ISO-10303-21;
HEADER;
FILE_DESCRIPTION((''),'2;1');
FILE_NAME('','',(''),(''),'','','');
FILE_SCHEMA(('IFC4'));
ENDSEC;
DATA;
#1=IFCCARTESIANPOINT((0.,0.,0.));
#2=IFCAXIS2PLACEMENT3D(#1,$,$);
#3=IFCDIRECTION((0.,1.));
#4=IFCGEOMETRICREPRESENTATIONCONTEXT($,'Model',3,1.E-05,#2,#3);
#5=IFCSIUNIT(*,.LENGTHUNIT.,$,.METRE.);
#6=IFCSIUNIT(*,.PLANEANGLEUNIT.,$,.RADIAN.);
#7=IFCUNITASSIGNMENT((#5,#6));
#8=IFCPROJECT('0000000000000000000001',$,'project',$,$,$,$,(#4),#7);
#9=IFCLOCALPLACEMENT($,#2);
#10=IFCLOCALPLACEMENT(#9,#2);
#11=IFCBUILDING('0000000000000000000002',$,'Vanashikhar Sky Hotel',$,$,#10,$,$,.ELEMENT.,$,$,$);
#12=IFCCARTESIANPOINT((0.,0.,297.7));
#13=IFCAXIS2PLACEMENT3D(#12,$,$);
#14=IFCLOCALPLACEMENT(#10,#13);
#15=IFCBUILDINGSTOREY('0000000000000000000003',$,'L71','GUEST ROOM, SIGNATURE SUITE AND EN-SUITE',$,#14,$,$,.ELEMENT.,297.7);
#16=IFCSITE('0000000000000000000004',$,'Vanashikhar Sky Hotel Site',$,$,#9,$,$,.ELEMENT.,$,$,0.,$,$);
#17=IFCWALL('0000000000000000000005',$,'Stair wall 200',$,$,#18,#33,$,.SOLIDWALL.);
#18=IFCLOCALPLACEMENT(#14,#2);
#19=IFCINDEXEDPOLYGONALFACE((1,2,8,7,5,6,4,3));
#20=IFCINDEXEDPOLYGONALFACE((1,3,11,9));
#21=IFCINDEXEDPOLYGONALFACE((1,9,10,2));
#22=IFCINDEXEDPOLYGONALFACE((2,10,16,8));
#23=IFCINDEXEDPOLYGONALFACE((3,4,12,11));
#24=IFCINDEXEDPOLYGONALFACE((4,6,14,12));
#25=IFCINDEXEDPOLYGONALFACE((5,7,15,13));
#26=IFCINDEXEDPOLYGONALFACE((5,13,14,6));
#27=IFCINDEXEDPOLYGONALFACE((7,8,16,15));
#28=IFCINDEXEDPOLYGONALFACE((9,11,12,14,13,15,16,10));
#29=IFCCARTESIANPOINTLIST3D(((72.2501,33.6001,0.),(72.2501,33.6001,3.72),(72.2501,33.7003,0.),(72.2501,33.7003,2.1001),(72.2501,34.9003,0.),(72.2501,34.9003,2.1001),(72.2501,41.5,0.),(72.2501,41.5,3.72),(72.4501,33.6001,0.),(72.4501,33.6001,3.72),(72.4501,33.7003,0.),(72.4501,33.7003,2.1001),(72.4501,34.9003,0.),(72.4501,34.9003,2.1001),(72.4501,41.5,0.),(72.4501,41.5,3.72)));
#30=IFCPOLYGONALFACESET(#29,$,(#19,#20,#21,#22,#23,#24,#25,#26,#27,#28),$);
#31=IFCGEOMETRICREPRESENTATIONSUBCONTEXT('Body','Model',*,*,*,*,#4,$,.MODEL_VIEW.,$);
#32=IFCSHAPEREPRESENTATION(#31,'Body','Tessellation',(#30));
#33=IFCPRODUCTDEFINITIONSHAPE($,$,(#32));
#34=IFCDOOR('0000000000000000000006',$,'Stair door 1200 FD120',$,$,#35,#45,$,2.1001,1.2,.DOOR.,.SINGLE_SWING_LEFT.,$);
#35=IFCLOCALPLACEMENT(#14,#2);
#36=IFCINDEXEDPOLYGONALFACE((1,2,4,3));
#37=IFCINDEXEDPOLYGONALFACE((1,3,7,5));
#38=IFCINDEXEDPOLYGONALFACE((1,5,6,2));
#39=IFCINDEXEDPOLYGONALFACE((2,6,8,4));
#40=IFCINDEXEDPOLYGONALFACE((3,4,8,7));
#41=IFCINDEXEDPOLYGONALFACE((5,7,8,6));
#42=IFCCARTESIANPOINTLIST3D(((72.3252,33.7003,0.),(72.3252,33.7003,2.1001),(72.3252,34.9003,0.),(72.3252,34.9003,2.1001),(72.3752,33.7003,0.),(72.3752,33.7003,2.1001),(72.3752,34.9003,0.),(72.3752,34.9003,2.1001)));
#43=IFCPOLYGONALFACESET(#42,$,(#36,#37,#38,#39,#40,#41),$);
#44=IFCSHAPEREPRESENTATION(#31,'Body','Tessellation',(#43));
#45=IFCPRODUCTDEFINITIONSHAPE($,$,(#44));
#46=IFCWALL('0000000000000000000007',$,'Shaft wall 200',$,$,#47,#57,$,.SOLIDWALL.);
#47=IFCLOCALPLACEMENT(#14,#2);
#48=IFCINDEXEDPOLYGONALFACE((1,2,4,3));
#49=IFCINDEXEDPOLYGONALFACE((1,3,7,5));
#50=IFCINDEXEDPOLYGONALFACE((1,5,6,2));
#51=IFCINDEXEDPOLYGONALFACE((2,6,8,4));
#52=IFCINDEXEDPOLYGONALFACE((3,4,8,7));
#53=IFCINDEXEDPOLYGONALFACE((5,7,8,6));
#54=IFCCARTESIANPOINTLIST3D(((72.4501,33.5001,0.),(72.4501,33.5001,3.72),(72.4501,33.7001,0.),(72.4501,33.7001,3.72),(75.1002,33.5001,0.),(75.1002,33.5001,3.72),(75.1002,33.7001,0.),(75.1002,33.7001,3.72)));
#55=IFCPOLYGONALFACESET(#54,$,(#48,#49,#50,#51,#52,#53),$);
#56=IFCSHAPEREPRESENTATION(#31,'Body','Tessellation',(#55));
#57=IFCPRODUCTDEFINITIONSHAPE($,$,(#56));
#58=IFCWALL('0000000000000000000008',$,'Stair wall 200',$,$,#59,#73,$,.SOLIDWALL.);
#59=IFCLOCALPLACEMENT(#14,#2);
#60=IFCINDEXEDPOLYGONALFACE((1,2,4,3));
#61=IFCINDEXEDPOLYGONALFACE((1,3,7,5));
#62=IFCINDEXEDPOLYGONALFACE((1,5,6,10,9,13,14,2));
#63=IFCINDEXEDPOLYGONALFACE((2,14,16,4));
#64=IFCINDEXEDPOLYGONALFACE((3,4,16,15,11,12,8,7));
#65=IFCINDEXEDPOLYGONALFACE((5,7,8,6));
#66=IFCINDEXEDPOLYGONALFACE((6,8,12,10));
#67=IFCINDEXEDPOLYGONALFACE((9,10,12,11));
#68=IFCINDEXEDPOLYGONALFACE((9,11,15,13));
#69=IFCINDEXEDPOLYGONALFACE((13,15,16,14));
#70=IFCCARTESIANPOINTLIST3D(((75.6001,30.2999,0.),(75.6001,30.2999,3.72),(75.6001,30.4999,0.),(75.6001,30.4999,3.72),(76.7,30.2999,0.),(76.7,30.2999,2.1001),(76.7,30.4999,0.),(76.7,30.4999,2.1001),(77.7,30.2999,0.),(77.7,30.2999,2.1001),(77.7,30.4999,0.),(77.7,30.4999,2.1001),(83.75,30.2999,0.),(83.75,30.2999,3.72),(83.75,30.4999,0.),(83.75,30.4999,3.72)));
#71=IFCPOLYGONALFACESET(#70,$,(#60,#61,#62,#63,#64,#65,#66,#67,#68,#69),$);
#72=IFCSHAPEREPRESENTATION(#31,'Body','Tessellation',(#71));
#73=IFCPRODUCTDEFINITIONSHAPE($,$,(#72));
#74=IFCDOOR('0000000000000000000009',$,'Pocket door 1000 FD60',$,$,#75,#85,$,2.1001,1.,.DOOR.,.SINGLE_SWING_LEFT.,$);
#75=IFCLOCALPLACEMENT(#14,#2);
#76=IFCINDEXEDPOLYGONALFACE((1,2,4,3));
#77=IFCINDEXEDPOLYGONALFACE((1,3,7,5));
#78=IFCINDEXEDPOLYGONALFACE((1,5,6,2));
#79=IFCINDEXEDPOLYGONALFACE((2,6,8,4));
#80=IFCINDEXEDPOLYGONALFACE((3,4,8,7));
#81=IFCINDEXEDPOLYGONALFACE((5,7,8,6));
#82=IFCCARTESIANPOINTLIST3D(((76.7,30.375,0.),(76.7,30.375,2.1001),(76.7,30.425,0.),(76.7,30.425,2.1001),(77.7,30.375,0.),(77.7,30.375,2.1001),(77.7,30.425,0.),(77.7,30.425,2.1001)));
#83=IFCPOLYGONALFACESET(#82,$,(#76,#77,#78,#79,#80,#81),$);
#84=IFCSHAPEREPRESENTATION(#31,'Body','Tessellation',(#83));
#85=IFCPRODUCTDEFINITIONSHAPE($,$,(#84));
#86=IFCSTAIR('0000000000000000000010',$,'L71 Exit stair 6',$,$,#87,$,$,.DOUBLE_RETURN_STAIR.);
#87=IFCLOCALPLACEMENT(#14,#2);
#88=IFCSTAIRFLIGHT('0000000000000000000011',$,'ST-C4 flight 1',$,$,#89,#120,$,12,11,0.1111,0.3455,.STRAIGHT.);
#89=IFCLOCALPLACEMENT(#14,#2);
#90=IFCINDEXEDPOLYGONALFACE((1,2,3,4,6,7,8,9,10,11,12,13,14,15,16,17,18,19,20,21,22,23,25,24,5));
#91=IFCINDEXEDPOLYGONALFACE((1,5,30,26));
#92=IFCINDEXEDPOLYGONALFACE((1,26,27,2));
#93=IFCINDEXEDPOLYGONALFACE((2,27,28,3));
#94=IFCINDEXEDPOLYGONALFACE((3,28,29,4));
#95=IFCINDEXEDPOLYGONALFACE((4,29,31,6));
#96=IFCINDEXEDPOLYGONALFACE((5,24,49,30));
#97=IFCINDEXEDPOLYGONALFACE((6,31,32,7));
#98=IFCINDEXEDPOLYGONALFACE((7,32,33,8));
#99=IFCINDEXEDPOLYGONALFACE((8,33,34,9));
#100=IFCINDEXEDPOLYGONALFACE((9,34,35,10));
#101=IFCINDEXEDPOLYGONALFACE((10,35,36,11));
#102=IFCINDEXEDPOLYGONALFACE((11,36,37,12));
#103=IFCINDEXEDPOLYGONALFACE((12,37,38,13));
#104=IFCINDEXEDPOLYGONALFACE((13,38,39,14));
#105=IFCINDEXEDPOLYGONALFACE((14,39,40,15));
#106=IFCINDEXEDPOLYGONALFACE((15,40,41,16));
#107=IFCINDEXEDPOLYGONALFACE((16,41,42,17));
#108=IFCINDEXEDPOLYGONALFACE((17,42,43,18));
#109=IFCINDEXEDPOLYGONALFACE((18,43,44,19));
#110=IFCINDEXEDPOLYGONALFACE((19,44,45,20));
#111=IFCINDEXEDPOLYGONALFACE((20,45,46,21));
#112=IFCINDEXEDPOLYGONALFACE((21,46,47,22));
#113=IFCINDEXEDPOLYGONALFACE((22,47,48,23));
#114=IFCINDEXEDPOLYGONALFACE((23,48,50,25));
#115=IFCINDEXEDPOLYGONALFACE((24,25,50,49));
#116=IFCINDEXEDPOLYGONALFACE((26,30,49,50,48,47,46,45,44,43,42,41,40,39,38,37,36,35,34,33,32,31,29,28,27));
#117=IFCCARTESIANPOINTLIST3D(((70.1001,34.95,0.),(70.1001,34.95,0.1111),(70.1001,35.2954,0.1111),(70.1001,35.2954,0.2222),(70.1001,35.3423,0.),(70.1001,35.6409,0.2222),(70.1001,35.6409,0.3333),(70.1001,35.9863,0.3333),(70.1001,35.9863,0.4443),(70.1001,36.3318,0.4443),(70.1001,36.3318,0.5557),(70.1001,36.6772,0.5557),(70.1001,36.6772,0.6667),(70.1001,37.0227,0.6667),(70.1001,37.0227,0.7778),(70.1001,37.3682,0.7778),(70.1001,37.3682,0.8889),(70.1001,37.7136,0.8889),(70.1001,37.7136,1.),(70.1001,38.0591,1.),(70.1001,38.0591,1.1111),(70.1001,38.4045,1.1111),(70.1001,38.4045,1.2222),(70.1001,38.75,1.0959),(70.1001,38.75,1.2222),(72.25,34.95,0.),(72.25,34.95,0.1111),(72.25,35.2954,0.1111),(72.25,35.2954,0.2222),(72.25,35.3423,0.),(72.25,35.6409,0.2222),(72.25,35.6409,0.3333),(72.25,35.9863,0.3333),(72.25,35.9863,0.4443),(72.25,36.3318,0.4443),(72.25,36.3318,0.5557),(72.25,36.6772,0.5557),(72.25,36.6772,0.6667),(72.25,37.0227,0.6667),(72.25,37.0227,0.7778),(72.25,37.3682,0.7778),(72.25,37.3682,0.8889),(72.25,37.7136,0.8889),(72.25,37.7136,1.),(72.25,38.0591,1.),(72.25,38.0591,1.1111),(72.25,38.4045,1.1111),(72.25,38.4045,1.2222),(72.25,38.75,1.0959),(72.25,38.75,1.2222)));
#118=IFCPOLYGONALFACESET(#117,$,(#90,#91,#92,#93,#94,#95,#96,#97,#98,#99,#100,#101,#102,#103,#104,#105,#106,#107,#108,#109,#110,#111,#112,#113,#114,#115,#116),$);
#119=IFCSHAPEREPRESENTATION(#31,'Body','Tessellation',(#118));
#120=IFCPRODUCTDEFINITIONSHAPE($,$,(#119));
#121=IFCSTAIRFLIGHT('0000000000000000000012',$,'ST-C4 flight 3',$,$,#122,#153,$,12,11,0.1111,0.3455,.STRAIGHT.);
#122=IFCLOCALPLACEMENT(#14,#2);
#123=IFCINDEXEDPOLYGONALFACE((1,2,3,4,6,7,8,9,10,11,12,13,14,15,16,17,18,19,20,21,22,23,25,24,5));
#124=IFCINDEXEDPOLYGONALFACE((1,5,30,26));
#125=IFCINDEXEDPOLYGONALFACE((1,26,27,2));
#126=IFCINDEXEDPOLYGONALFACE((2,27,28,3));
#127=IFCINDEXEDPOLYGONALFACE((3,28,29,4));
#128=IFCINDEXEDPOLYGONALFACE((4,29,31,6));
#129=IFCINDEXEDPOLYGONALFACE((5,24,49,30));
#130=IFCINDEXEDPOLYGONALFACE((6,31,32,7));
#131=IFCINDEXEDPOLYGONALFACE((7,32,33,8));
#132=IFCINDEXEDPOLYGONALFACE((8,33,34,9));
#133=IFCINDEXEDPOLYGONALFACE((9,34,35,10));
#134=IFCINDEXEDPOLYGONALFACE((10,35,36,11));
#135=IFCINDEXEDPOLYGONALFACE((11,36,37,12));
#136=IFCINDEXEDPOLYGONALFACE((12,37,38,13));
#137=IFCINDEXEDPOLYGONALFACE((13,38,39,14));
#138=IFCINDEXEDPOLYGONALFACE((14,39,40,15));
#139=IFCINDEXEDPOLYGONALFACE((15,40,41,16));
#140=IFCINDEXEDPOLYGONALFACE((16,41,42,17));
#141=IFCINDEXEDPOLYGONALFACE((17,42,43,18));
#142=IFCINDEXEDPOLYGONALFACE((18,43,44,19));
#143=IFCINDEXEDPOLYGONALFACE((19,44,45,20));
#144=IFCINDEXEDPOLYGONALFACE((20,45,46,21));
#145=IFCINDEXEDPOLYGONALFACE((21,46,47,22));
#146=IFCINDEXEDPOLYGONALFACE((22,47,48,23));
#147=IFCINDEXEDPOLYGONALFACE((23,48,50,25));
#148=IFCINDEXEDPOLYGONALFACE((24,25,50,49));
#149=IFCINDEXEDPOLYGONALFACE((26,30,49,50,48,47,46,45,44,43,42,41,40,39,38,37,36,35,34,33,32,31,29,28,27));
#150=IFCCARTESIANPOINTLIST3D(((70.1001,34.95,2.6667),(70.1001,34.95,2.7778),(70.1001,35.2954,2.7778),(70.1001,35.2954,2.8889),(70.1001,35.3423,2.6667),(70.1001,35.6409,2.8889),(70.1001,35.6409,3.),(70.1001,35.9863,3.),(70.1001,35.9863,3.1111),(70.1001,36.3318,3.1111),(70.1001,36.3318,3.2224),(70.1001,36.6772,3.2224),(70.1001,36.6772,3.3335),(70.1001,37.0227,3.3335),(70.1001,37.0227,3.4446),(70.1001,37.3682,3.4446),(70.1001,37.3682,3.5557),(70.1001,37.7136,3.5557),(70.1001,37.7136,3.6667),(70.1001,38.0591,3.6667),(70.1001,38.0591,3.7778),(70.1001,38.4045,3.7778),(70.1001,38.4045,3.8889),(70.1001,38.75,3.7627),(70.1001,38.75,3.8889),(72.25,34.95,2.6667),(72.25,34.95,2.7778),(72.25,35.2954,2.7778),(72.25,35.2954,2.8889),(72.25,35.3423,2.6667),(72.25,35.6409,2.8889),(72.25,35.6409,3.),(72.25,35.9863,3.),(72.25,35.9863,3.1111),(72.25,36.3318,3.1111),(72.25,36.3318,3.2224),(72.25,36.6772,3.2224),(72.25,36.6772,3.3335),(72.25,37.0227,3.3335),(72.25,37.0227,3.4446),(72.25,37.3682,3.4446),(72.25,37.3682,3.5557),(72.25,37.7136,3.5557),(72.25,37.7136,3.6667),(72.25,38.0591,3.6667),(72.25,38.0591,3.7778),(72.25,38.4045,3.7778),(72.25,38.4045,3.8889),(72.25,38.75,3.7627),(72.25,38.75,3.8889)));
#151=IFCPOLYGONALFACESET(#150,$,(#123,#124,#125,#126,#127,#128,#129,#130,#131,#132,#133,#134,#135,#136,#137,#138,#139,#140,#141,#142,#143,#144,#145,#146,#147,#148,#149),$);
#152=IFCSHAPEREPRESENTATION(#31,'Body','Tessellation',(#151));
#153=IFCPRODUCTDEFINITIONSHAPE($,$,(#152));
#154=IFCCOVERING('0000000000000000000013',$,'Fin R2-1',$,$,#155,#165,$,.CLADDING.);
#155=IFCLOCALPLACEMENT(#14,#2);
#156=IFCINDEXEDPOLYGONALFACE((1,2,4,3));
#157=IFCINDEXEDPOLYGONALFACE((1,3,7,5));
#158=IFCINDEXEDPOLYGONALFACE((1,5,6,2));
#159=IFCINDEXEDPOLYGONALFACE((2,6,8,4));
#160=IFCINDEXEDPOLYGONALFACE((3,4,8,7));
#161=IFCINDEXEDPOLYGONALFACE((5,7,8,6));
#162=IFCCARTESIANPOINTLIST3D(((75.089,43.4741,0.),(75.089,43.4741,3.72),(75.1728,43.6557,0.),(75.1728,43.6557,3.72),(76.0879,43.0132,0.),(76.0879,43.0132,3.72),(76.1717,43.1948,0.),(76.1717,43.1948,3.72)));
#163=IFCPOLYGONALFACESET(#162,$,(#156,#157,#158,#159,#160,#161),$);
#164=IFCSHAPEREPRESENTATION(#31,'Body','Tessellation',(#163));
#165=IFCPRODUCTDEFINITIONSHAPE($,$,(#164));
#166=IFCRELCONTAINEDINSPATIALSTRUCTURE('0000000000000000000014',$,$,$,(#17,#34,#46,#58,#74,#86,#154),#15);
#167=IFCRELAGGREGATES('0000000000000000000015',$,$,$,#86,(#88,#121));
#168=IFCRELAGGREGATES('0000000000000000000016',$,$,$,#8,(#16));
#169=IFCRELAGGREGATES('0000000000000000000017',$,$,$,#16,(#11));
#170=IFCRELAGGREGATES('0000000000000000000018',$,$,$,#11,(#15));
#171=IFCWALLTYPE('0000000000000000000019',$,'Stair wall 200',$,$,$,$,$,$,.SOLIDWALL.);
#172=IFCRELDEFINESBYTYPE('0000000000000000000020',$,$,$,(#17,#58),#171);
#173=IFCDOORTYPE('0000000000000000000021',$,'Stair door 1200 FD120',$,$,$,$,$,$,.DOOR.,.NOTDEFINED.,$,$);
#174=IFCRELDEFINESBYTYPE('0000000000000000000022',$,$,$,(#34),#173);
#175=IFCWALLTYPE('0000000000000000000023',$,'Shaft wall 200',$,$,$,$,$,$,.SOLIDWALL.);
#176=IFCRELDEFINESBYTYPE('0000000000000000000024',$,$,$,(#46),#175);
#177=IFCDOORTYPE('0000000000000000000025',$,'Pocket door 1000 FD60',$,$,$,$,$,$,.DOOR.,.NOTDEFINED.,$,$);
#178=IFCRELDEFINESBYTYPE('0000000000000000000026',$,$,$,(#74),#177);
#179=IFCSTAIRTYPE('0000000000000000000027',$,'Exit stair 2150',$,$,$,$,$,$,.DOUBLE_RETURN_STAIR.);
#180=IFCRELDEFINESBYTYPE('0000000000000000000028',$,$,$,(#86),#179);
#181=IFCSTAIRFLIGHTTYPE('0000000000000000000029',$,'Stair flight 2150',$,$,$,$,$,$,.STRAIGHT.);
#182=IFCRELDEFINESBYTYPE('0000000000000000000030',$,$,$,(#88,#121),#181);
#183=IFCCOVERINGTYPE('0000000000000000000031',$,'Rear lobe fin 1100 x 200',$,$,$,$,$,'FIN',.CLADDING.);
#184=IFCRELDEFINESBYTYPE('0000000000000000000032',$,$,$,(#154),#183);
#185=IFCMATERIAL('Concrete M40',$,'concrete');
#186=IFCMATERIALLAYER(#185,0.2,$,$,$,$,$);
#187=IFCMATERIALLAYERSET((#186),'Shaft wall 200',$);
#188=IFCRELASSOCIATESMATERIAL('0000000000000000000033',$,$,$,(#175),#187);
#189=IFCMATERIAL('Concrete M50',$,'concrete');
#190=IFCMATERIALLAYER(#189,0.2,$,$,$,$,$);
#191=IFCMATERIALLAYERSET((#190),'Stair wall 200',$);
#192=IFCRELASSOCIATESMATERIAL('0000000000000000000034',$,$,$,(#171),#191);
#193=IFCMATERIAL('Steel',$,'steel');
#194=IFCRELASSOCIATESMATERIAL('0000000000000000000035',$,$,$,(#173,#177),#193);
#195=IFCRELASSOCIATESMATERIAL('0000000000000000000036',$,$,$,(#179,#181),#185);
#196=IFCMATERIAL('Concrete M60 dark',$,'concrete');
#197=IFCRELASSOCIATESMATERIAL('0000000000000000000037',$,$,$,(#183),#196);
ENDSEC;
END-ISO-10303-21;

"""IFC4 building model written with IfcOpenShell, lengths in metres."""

from ifc_helpers import new_model, si_unit, direction, frame, frame_2d, origin, origin_2d, place, context, subcontext, project, spatial, polyline, rectangle, outline, extrude, source, transform, mapped, material, layer, layer_set, material_profile, profile_set, type_object, element, fill, aggregate, save


model = new_model("IFC4")

# Units and contexts
model_context = context("Model", 3, precision=1e-05, world=origin(), true_north=direction((0.0, 1.0)))
body_context = subcontext(model_context, "Body", "Model", "MODEL_VIEW")
ifc_project = project(units=[si_unit("LENGTHUNIT", "METRE"), si_unit("PLANEANGLEUNIT", "RADIAN")], contexts=[model_context])

# Site, building, storey
site_placement = place(None, origin())
site = spatial("IfcSite", under=ifc_project, at=site_placement, Name="Vanashikhar Sky Hotel Site", CompositionType="ELEMENT", RefElevation=0.0)
building_placement = place(site_placement, origin())
building = spatial("IfcBuilding", under=site, at=building_placement, Name="Vanashikhar Sky Hotel", CompositionType="ELEMENT")
storey_placement = place(building_placement, frame((0.0, 0.0, 297.7)))
storey = spatial("IfcBuildingStorey", under=building, at=storey_placement, Name="L71", Description="GUEST ROOM, SIGNATURE SUITE AND EN-SUITE", CompositionType="ELEMENT", Elevation=297.7)

# Shared definitions
ifc_material_1 = material(Name="Concrete M50", Category="concrete")

# Shared definitions
ifc_material_2 = material(Name="Concrete M40", Category="concrete")
ifc_layer_1 = layer(ifc_material_2, 0.2)
ifc_layer_set_1 = layer_set([ifc_layer_1], Name="Shaft wall 200")
wall_type_1 = type_object("IfcWallType", Name="Shaft wall 200", PredefinedType="SOLIDWALL", material=ifc_layer_set_1)

# Wall, opening, door
ifc_layer_2 = layer(ifc_material_1, 0.2)
ifc_layer_set_2 = layer_set([ifc_layer_2], Name="Stair wall 200")
wall_type_2 = type_object("IfcWallType", Name="Stair wall 200", PredefinedType="SOLIDWALL", material=ifc_layer_set_2)
shared_shape_1 = source(origin(), body_context, "Body", "SweptSolid", [
    extrude(rectangle(XDim=7.8999, YDim=0.2, at=frame_2d((3.95, 0.0))), origin(), (0.0, 0.0, 1.0), 3.72),
])
wall_1_placement = place(storey_placement, frame((72.3501, 33.6001, 0.0), z_axis=(0.0, 0.0, 1.0), x_axis=(0.0, 1.0, 0.0)))
wall_1 = element("IfcWall", 1, at=wall_1_placement, inside=storey, type_object=wall_type_2, Name="Stair wall 200", PredefinedType="SOLIDWALL", context=body_context, shape_type="MappedRepresentation", body=[
    mapped(shared_shape_1, transform((0.0, 0.0, 0.0), scale=1.0)),
])
shared_shape_2 = source(origin(), body_context, "Body", "SweptSolid", [
    extrude(rectangle(XDim=1.2, YDim=2.1001, at=frame_2d((0.6001, 1.05))), frame((0.0, 0.1099, 0.0), z_axis=(0.0, -1.0, 0.0), x_axis=(1.0, 0.0, 0.0)), (0.0, 0.0, 1.0), 0.22),
])
opening_1_placement = place(wall_1_placement, frame((0.1001, 0.0, 0.0)))
opening_1 = element("IfcOpeningElement", 2, at=opening_1_placement, cuts=wall_1, PredefinedType="OPENING", context=body_context, shape_type="MappedRepresentation", body=[
    mapped(shared_shape_2, transform((0.0, 0.0, 0.0), scale=1.0)),
])
ifc_material_3 = material(Name="Steel", Category="steel")
door_type_1 = type_object("IfcDoorType", Name="Stair door 1200 FD120", OperationType="NOTDEFINED", PredefinedType="DOOR", material=ifc_material_3)
shared_shape_3 = source(origin(), body_context, "Body", "SweptSolid", [
    extrude(rectangle(XDim=1.2, YDim=2.1001, at=frame_2d((0.6001, 1.05))), frame((0.0, 0.0249, 0.0), z_axis=(0.0, -1.0, 0.0), x_axis=(1.0, 0.0, 0.0)), (0.0, 0.0, 1.0), 0.05),
])
door_1_placement = place(opening_1_placement, origin())
door_1 = element("IfcDoor", 3, at=door_1_placement, inside=storey, type_object=door_type_1, Name="Stair door 1200 FD120", OperationType="SINGLE_SWING_LEFT", OverallHeight=2.1001, OverallWidth=1.2, PredefinedType="DOOR", context=body_context, shape_type="MappedRepresentation", body=[
    mapped(shared_shape_3, transform((0.0, 0.0, 0.0), scale=1.0)),
])
fill(opening_1, door_1)

# Wall
shared_shape_4 = source(origin(), body_context, "Body", "SweptSolid", [
    extrude(rectangle(XDim=2.6501, YDim=0.2, at=frame_2d((1.3252, 0.0))), origin(), (0.0, 0.0, 1.0), 3.72),
])
wall_2_placement = place(storey_placement, frame((72.45, 33.6001, 0.0), z_axis=(0.0, 0.0, 1.0), x_axis=(1.0, 0.0, 0.0)))
element("IfcWall", 4, at=wall_2_placement, inside=storey, type_object=wall_type_1, Name="Shaft wall 200", PredefinedType="SOLIDWALL", context=body_context, shape_type="MappedRepresentation", body=[
    mapped(shared_shape_4, transform((0.0, 0.0, 0.0), scale=1.0)),
])

# Wall, opening, door
shared_shape_5 = source(origin(), body_context, "Body", "SweptSolid", [
    extrude(rectangle(XDim=8.1499, YDim=0.2, at=frame_2d((4.075, 0.0))), origin(), (0.0, 0.0, 1.0), 3.72),
])
wall_3_placement = place(storey_placement, frame((83.75, 30.3999, 0.0), z_axis=(0.0, 0.0, 1.0), x_axis=(-1.0, 0.0, 0.0)))
wall_3 = element("IfcWall", 5, at=wall_3_placement, inside=storey, type_object=wall_type_2, Name="Stair wall 200", PredefinedType="SOLIDWALL", context=body_context, shape_type="MappedRepresentation", body=[
    mapped(shared_shape_5, transform((0.0, 0.0, 0.0), scale=1.0)),
])
shared_shape_6 = source(origin(), body_context, "Body", "SweptSolid", [
    extrude(rectangle(XDim=1.0, YDim=2.1001, at=frame_2d((0.5, 1.05))), frame((0.0, 0.1099, 0.0), z_axis=(0.0, -1.0, 0.0), x_axis=(1.0, 0.0, 0.0)), (0.0, 0.0, 1.0), 0.22),
])
opening_2_placement = place(wall_3_placement, frame((6.05, 0.0, 0.0)))
opening_2 = element("IfcOpeningElement", 6, at=opening_2_placement, cuts=wall_3, PredefinedType="OPENING", context=body_context, shape_type="MappedRepresentation", body=[
    mapped(shared_shape_6, transform((0.0, 0.0, 0.0), scale=1.0)),
])
door_type_2 = type_object("IfcDoorType", Name="Pocket door 1000 FD60", OperationType="NOTDEFINED", PredefinedType="DOOR", material=ifc_material_3)
shared_shape_7 = source(origin(), body_context, "Body", "SweptSolid", [
    extrude(rectangle(XDim=1.0, YDim=2.1001, at=frame_2d((0.5, 1.05))), frame((0.0, 0.0249, 0.0), z_axis=(0.0, -1.0, 0.0), x_axis=(1.0, 0.0, 0.0)), (0.0, 0.0, 1.0), 0.05),
])
door_2_placement = place(opening_2_placement, origin())
door_2 = element("IfcDoor", 7, at=door_2_placement, inside=storey, type_object=door_type_2, Name="Pocket door 1000 FD60", OperationType="SINGLE_SWING_LEFT", OverallHeight=2.1001, OverallWidth=1.0, PredefinedType="DOOR", context=body_context, shape_type="MappedRepresentation", body=[
    mapped(shared_shape_7, transform((0.0, 0.0, 0.0), scale=1.0)),
])
fill(opening_2, door_2)

# Stair, stair flights
stair_type = type_object("IfcStairType", Name="Exit stair 2150", PredefinedType="DOUBLE_RETURN_STAIR", material=ifc_material_2)
stair_placement = place(storey_placement, origin())
stair = element("IfcStair", 8, at=stair_placement, inside=storey, type_object=stair_type, Name="L71 Exit stair 6", PredefinedType="DOUBLE_RETURN_STAIR")
stair_flight_type = type_object("IfcStairFlightType", Name="Stair flight 2150", PredefinedType="STRAIGHT", material=ifc_material_2)
shared_shape_8 = source(origin(), body_context, "Body", "SweptSolid", [
    extrude(outline(polyline([(0.0, 0.0), (0.0, 0.1111), (0.3455, 0.1111), (0.3455, 0.2222), (0.6909, 0.2222), (0.6909, 0.3333), (1.0364, 0.3333), (1.0364, 0.4443), (1.3818, 0.4443), (1.3818, 0.5557), (1.7273, 0.5557), (1.7273, 0.6667), (2.0728, 0.6667), (2.0728, 0.7778), (2.4182, 0.7778), (2.4182, 0.8889), (2.7637, 0.8889), (2.7637, 1.0), (3.1091, 1.0), (3.1091, 1.1111), (3.4546, 1.1111), (3.4546, 1.2222), (3.8, 1.2222), (3.8, 1.3333), (3.8, 1.0959), (0.3923, 0.0), (0.0, 0.0)])), frame((0.0, 1.075, 0.0), z_axis=(0.0, -1.0, 0.0), x_axis=(1.0, 0.0, 0.0)), (0.0, 0.0, 1.0), 2.1499),
])
stair_flight_1_placement = place(storey_placement, frame((71.175, 34.95, 0.0), z_axis=(0.0, 0.0, 1.0), x_axis=(0.0, 1.0, 0.0)))
stair_flight_1 = element("IfcStairFlight", 9, at=stair_flight_1_placement, type_object=stair_flight_type, Name="ST-C4 flight 1", NumberOfRisers=12, NumberOfTreads=11, PredefinedType="STRAIGHT", RiserHeight=0.1111, TreadLength=0.3455, context=body_context, shape_type="MappedRepresentation", body=[
    mapped(shared_shape_8, transform((0.0, 0.0, 0.0), scale=1.0)),
])
stair_flight_2_placement = place(storey_placement, frame((71.175, 34.95, 2.6667), z_axis=(0.0, 0.0, 1.0), x_axis=(0.0, 1.0, 0.0)))
stair_flight_2 = element("IfcStairFlight", 10, at=stair_flight_2_placement, type_object=stair_flight_type, Name="ST-C4 flight 3", NumberOfRisers=12, NumberOfTreads=11, PredefinedType="STRAIGHT", RiserHeight=0.1111, TreadLength=0.3455, context=body_context, shape_type="MappedRepresentation", body=[
    mapped(shared_shape_8, transform((0.0, 0.0, 0.0), scale=1.0)),
])
aggregate(stair, [stair_flight_1, stair_flight_2])

# Covering
ifc_material_4 = material(Name="Concrete M60 dark", Category="concrete")
ifc_material_profile = material_profile(ifc_material_4, rectangle(XDim=1.1001, YDim=0.2, at=origin_2d()))
ifc_profile_set = profile_set([ifc_material_profile], Name="Rear lobe fin 1100 x 200")
covering_type = type_object("IfcCoveringType", Name="Rear lobe fin 1100 x 200", ElementType="FIN", PredefinedType="CLADDING", material=ifc_profile_set)
shared_shape_9 = source(origin(), body_context, "Body", "SweptSolid", [
    extrude(rectangle(XDim=1.1001, YDim=0.2, at=origin_2d()), origin(), (0.0, 0.0, 1.0), 3.72),
])
for number, where, z_axis, x_axis, name in (
    (11, (75.6304, 43.3345, 0.0), (0.0, 0.0, 1.0), (-0.908004, 0.418961, 0.0), "Fin R2-1"),
):
    element("IfcCovering", number, at=place(storey_placement, frame(where, z_axis=z_axis, x_axis=x_axis)), inside=storey, type_object=covering_type, Name=name, PredefinedType="CLADDING", context=body_context, shape_type="MappedRepresentation", body=[
        mapped(shared_shape_9, transform((0.0, 0.0, 0.0), scale=1.0)),
    ])

save(model, "model.ifc")
